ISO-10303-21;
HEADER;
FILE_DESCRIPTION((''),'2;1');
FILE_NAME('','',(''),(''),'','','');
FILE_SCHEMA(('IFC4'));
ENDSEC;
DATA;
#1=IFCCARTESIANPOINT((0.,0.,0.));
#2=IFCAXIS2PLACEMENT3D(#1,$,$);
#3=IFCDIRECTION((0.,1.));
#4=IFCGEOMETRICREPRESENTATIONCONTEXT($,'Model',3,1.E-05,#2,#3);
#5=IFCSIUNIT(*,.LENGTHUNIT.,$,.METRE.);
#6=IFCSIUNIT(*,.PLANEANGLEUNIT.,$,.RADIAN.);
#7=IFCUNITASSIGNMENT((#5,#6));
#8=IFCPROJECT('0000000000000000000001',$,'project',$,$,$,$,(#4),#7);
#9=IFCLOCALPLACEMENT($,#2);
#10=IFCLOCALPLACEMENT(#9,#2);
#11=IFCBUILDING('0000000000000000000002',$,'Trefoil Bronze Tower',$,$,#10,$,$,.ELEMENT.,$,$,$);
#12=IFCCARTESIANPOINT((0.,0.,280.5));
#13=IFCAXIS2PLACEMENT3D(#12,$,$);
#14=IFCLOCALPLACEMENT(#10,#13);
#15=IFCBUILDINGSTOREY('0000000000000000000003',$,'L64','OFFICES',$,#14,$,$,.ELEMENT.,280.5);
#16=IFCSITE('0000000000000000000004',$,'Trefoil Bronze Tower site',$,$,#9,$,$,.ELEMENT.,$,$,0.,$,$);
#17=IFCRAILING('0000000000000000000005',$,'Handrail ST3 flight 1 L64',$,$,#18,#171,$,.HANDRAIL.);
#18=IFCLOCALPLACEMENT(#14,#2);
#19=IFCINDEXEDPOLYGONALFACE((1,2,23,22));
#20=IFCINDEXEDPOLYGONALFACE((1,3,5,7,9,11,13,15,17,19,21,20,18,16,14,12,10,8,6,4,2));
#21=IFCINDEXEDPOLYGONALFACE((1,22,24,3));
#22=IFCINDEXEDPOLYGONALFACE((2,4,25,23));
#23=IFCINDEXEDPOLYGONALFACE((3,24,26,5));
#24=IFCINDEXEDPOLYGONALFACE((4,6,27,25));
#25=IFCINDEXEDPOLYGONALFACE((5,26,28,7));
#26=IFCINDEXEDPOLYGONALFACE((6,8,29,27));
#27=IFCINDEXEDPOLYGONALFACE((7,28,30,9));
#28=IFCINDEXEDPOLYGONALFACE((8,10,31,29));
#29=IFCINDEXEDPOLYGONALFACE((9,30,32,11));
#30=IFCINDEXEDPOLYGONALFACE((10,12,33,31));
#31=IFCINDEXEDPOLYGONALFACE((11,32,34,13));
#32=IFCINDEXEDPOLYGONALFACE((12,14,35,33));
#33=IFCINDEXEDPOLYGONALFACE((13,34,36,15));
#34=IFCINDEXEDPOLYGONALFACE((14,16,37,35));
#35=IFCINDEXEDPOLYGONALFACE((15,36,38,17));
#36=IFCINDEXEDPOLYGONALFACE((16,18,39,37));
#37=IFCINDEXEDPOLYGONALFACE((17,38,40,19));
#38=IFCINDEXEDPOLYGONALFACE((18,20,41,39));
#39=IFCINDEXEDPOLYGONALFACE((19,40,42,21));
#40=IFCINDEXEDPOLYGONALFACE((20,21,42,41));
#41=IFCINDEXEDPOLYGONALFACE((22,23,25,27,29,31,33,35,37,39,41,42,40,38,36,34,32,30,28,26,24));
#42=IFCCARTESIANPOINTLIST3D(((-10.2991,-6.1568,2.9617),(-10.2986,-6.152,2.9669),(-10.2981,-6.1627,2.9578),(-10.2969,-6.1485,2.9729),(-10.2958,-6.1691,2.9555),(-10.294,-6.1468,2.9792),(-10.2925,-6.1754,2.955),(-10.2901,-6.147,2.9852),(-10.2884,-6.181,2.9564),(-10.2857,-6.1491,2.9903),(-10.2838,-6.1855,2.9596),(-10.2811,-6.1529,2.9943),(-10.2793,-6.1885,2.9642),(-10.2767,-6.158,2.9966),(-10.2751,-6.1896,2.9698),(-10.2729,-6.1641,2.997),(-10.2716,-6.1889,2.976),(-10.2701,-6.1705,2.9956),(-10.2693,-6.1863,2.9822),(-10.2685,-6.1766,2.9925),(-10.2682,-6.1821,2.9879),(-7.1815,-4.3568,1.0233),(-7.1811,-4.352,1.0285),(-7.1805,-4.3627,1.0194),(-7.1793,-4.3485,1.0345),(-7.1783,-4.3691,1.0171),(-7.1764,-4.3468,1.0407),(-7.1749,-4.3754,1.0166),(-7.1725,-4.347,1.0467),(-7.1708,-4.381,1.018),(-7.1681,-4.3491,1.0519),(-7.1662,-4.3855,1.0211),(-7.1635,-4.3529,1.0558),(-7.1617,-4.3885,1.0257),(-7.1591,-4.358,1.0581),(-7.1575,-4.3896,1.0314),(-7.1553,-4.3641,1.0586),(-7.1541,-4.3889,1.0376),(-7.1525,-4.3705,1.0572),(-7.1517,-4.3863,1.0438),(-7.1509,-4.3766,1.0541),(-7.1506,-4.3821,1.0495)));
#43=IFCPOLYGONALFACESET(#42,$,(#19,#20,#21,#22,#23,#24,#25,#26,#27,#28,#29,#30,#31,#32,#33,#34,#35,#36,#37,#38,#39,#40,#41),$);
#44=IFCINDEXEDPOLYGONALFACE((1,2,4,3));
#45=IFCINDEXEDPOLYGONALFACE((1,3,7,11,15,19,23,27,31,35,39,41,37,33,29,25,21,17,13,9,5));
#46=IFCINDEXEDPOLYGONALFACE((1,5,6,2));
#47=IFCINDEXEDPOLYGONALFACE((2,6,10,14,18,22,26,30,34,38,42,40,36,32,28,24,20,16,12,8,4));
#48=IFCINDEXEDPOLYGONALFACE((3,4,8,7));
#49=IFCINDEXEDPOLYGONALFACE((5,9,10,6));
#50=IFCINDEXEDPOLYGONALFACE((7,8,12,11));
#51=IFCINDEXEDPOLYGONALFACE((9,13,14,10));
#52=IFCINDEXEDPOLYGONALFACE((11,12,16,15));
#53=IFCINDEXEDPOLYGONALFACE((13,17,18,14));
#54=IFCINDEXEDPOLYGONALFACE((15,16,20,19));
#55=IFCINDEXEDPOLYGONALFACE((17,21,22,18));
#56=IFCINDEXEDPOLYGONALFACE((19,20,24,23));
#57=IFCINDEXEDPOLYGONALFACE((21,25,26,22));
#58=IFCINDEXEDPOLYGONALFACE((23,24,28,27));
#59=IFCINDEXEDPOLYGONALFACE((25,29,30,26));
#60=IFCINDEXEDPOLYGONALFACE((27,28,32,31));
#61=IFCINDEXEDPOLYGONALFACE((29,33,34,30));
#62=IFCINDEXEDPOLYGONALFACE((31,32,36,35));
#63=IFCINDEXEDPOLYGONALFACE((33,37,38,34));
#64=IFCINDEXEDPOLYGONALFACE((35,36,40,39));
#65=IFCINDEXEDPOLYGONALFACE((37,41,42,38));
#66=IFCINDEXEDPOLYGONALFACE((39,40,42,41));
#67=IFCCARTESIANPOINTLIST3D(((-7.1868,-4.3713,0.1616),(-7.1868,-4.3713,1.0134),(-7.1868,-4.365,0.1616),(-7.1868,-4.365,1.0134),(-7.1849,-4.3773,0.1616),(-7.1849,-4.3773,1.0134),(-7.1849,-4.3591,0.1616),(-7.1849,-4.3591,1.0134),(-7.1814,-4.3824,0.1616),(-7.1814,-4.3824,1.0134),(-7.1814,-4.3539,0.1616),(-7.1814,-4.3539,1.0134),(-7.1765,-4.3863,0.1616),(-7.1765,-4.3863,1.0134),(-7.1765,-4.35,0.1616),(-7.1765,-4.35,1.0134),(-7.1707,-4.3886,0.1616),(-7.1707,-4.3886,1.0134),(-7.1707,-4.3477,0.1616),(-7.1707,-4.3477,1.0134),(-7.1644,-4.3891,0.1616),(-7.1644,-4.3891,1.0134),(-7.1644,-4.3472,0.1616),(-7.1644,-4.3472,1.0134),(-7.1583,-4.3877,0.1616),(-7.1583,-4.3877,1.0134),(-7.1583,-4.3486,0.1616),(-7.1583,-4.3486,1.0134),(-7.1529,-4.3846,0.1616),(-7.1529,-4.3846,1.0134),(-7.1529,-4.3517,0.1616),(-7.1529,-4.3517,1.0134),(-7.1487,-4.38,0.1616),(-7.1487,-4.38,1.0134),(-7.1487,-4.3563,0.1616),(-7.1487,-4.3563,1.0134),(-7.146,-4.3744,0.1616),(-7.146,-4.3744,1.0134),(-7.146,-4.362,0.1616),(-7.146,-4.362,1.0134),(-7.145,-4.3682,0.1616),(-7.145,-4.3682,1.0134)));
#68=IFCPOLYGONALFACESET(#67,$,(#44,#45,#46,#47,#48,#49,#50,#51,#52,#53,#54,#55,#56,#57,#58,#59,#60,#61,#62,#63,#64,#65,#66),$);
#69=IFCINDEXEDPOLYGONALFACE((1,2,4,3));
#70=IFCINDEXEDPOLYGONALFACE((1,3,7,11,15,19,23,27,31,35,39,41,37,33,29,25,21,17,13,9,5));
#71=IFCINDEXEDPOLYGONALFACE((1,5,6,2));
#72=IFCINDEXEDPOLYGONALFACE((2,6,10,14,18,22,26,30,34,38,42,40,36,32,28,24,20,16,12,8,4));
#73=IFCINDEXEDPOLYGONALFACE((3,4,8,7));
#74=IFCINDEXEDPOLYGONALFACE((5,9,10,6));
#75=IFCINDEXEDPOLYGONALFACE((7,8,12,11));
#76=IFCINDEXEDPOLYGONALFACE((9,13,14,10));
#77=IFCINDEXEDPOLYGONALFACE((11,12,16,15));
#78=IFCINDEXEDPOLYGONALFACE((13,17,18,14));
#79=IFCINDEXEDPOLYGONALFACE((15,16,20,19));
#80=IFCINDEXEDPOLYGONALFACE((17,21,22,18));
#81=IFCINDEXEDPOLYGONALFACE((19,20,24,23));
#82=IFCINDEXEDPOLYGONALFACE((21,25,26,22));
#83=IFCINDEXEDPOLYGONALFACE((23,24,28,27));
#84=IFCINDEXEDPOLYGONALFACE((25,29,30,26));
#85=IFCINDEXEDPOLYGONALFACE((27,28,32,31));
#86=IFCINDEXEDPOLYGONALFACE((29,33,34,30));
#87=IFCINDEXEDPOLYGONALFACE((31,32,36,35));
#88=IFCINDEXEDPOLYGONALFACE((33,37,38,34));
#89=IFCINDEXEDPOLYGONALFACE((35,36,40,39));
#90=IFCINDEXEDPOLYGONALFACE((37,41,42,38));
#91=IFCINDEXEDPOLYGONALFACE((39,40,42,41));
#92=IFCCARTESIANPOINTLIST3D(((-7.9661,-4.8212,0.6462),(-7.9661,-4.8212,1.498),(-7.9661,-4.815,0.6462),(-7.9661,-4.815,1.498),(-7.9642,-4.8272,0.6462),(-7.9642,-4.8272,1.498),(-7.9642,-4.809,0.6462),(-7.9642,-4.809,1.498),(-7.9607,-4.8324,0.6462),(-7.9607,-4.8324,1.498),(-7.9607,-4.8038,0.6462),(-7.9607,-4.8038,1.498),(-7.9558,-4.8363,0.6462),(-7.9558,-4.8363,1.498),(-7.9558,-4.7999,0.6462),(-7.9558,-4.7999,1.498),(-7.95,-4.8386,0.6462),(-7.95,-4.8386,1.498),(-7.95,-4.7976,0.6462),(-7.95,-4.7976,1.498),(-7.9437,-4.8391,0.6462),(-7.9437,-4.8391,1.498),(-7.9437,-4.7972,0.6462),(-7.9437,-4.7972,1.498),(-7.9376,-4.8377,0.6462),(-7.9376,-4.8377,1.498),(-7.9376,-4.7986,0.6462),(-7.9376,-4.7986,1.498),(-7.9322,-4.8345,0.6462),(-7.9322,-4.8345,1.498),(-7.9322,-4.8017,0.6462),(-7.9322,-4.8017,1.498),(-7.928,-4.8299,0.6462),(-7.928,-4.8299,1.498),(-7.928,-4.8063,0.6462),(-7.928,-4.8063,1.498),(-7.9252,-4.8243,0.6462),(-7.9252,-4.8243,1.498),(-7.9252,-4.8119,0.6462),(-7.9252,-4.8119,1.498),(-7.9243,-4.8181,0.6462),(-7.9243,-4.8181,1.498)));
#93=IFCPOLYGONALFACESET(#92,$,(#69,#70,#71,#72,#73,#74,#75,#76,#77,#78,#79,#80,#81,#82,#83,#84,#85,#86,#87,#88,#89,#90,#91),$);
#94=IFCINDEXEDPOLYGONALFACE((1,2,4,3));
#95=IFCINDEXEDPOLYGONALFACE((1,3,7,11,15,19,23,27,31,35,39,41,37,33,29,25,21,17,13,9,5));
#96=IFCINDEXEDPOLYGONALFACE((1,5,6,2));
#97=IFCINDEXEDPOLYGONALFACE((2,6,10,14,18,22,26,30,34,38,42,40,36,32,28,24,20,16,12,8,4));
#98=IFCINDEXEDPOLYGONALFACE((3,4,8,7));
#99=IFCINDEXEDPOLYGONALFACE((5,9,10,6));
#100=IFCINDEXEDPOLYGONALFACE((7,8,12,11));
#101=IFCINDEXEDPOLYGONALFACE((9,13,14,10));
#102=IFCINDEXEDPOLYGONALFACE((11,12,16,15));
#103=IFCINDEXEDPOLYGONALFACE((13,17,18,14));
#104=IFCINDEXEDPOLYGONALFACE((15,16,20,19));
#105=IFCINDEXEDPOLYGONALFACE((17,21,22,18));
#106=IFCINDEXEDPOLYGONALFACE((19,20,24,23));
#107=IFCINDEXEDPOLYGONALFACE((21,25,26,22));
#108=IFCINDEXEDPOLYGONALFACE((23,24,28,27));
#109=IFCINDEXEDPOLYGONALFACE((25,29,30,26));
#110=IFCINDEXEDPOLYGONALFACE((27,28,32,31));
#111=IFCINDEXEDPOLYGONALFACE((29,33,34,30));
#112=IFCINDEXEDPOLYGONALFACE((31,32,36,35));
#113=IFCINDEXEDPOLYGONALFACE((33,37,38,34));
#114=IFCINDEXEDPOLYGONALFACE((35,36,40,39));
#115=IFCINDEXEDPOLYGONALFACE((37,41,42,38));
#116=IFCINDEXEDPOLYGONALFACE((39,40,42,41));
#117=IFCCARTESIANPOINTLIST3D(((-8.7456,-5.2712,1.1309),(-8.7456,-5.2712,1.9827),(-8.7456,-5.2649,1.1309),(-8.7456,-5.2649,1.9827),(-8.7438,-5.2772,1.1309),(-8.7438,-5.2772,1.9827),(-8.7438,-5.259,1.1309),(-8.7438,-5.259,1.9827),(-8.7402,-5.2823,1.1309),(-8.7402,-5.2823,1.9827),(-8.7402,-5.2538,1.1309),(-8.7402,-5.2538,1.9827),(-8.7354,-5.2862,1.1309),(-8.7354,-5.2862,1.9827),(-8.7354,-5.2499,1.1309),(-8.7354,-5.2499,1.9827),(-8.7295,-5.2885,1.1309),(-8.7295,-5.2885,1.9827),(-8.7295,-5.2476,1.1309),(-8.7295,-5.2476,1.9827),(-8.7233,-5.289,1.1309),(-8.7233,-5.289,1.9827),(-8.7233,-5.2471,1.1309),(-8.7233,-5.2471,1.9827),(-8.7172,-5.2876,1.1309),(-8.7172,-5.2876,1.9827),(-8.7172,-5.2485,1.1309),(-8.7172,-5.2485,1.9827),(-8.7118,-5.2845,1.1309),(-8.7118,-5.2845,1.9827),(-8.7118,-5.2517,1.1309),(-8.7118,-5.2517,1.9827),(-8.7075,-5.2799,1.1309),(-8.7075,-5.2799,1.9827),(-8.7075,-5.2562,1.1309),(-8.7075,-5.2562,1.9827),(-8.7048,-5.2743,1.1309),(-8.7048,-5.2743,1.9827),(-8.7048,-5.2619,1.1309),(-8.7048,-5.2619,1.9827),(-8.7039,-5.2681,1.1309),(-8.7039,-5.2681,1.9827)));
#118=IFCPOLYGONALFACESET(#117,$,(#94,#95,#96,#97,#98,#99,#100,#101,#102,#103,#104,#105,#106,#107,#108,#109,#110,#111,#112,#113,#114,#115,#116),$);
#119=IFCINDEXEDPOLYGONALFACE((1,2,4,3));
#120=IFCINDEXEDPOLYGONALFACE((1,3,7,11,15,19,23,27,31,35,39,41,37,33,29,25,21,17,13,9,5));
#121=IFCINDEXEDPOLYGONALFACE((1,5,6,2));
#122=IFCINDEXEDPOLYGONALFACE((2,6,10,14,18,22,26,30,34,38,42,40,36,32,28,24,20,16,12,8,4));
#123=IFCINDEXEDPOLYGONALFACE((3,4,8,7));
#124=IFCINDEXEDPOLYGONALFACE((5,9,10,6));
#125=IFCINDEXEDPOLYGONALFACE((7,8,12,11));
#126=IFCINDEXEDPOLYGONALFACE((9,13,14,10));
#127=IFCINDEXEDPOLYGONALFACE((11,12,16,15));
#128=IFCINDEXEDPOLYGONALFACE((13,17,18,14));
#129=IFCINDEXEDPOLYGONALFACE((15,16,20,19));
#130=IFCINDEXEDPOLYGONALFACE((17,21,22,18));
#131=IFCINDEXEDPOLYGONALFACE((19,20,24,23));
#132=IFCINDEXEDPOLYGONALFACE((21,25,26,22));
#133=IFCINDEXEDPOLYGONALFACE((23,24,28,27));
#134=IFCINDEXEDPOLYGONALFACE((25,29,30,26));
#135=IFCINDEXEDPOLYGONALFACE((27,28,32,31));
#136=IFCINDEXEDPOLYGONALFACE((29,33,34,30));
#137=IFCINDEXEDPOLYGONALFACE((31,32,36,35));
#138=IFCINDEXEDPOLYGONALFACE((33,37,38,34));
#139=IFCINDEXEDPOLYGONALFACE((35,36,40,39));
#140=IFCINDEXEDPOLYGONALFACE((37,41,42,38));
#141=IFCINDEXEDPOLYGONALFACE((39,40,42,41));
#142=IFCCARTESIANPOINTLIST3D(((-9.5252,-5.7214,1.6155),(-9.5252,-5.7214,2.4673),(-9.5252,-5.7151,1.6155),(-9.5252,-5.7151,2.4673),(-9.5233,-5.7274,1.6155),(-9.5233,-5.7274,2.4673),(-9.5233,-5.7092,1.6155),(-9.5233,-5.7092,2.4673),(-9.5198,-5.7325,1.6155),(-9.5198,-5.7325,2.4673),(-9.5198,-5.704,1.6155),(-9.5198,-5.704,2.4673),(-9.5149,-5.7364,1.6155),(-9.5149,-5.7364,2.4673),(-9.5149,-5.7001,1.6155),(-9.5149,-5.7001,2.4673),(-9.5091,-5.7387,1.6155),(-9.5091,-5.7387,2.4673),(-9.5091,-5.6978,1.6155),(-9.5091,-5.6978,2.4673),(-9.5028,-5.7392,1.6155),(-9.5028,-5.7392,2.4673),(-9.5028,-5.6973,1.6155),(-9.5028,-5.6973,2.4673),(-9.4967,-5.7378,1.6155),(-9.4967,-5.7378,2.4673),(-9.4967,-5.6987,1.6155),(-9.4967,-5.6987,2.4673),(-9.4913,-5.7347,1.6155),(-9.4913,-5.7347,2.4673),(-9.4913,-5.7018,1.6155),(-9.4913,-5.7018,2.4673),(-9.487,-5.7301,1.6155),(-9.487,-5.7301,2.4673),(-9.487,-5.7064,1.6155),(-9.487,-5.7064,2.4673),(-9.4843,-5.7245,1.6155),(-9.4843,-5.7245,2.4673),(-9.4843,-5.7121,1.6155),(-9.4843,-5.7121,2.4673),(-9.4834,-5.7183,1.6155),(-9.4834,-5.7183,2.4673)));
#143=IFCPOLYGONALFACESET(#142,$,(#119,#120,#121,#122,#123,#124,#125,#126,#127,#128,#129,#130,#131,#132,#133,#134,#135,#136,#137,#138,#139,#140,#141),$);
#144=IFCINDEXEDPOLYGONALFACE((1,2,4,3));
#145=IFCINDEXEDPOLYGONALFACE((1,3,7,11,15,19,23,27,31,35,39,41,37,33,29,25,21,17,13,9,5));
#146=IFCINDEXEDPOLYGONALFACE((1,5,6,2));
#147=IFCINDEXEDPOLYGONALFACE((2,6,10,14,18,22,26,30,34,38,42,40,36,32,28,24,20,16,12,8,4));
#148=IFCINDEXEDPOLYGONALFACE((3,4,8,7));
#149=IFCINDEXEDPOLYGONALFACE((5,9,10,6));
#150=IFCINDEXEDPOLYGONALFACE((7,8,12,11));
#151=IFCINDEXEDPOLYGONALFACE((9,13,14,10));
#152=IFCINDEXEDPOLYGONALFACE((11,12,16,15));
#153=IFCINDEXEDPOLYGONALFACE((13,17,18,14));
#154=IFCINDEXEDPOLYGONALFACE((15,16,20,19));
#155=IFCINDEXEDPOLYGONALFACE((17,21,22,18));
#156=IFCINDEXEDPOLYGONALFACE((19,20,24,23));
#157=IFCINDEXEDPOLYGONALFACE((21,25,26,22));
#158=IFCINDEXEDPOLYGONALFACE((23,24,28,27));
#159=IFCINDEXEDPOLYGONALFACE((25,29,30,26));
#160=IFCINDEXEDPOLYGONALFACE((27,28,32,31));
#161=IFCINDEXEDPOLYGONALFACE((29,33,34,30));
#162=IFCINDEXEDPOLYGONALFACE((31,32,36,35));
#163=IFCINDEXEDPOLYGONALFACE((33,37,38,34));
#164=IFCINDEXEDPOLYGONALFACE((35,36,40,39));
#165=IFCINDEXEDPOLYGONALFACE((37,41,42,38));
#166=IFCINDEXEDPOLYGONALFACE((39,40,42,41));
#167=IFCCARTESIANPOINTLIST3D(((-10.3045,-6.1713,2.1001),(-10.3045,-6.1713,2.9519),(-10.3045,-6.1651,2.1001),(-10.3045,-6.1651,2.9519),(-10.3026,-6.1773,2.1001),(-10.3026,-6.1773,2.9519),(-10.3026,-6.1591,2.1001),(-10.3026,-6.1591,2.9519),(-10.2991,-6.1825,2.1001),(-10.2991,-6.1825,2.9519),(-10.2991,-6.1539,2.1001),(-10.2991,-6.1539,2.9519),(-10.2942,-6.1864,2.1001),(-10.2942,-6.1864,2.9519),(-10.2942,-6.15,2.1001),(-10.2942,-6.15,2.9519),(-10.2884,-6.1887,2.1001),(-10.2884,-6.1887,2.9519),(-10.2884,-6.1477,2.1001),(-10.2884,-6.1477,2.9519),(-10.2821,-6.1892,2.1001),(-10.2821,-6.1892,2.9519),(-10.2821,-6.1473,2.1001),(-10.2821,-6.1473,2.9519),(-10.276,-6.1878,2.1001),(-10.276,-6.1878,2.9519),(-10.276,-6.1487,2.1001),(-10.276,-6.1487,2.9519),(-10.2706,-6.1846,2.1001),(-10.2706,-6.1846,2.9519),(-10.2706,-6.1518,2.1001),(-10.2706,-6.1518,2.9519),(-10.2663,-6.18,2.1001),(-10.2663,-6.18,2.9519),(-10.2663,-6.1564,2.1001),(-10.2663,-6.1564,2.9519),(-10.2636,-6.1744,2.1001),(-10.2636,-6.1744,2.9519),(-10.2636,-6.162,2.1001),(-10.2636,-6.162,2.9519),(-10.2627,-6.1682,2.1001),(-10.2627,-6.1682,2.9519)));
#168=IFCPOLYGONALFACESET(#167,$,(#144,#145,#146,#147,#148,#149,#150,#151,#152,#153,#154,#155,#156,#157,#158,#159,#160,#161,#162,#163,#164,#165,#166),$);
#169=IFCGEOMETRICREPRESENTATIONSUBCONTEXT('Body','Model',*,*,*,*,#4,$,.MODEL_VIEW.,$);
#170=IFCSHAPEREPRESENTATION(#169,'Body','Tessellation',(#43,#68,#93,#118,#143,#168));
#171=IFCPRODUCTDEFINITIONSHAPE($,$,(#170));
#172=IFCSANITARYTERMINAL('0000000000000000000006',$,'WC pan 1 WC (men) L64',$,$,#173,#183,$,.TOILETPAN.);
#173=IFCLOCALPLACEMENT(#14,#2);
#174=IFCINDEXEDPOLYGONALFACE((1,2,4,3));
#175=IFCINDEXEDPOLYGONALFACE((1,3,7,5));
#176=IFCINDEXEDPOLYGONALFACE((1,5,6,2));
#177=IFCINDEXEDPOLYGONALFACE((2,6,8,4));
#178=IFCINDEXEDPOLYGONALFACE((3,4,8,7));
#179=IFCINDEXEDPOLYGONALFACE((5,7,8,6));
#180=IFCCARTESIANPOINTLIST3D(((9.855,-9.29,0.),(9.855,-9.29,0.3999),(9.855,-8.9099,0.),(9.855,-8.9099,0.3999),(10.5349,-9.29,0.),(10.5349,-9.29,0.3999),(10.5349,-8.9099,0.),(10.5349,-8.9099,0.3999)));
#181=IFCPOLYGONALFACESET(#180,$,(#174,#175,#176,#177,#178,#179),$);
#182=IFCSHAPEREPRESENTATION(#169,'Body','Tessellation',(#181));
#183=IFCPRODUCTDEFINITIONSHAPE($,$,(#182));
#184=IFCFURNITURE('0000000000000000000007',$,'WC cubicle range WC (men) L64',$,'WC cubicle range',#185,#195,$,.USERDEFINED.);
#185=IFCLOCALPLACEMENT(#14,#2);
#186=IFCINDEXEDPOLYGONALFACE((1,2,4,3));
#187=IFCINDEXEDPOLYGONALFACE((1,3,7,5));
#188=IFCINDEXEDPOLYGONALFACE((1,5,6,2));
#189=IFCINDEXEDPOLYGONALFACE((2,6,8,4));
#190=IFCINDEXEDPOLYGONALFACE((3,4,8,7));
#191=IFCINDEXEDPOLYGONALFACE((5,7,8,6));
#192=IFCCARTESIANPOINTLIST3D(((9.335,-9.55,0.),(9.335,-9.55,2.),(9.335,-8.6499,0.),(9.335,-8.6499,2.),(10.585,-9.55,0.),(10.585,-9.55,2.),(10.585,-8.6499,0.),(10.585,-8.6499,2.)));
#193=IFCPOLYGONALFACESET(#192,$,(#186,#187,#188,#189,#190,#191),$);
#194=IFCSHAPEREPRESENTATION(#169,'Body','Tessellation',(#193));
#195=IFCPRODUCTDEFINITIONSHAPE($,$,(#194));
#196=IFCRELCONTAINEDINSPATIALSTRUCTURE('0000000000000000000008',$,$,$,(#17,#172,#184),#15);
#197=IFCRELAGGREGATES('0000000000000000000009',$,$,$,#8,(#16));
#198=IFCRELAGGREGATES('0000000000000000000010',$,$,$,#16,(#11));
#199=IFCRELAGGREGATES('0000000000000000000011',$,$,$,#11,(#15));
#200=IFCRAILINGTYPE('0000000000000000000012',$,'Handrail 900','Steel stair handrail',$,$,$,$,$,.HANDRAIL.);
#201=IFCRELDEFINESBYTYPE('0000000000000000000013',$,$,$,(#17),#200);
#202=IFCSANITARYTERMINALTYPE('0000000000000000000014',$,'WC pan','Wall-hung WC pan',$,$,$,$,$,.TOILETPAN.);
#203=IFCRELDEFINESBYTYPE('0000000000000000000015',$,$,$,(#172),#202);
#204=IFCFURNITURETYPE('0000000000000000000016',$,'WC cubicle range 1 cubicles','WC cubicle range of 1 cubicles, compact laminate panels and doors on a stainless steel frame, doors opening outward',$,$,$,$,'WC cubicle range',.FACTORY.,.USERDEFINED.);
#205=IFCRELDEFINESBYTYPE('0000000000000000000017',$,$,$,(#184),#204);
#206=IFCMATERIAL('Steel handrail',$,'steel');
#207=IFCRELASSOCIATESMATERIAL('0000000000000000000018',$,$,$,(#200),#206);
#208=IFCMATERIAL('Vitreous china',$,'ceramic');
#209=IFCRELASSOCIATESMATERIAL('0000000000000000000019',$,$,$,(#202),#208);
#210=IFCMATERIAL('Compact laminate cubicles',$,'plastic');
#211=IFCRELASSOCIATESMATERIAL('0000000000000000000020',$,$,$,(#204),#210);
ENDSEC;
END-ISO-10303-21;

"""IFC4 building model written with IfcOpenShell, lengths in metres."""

from ifc_helpers import new_model, si_unit, direction, frame, origin, origin_2d, place, context, subcontext, project, spatial, polyline, circle, outline, extrude, material, type_object, element, save


model = new_model("IFC4")

# Units and contexts
model_context = context("Model", 3, precision=1e-05, world=origin(), true_north=direction((0.0, 1.0)))
body_context = subcontext(model_context, "Body", "Model", "MODEL_VIEW")
ifc_project = project(units=[si_unit("LENGTHUNIT", "METRE"), si_unit("PLANEANGLEUNIT", "RADIAN")], contexts=[model_context])

# Site, building, storey
site_placement = place(None, origin())
site = spatial("IfcSite", under=ifc_project, at=site_placement, Name="Trefoil Bronze Tower site", CompositionType="ELEMENT", RefElevation=0.0)
building_placement = place(site_placement, origin())
building = spatial("IfcBuilding", under=site, at=building_placement, Name="Trefoil Bronze Tower", CompositionType="ELEMENT")
storey_placement = place(building_placement, frame((0.0, 0.0, 280.5)))
storey = spatial("IfcBuildingStorey", under=building, at=storey_placement, Name="L64", Description="OFFICES", CompositionType="ELEMENT", Elevation=280.5)

# Railing
ifc_material_1 = material(Name="Steel handrail", Category="steel")
railing_type = type_object("IfcRailingType", Name="Handrail 900", Description="Steel stair handrail", PredefinedType="HANDRAIL", material=ifc_material_1)
railing_placement = place(storey_placement, frame((-7.166, -4.3682, 0.1616)))
element("IfcRailing", 1, at=railing_placement, inside=storey, type_object=railing_type, Name="Handrail ST3 flight 1 L64", PredefinedType="HANDRAIL", context=body_context, shape_type="SweptSolid", body=[
    extrude(circle(Radius=0.0239, at=origin_2d()), frame((0.0, 0.0, 0.876), z_axis=(-0.762503, -0.440246, 0.474102), x_axis=(0.500012, -0.866018, 0.0)), (0.0, 0.0, 1.0), 4.0886),
    extrude(circle(Radius=0.021, at=origin_2d()), origin(), (0.0, 0.0, 1.0), 0.8518),
    extrude(circle(Radius=0.021, at=origin_2d()), frame((-0.7793, -0.45, 0.4846)), (0.0, 0.0, 1.0), 0.8518),
    extrude(circle(Radius=0.021, at=origin_2d()), frame((-1.5588, -0.8999, 0.9692)), (0.0, 0.0, 1.0), 0.8518),
    extrude(circle(Radius=0.021, at=origin_2d()), frame((-2.3384, -1.3501, 1.4539)), (0.0, 0.0, 1.0), 0.8518),
    extrude(circle(Radius=0.021, at=origin_2d()), frame((-3.1177, -1.8, 1.9385)), (0.0, 0.0, 1.0), 0.8518),
])

# Sanitary terminal
ifc_material_2 = material(Name="Vitreous china", Category="ceramic")
sanitary_terminal_type = type_object("IfcSanitaryTerminalType", Name="WC pan", Description="Wall-hung WC pan", PredefinedType="TOILETPAN", material=ifc_material_2)
sanitary_terminal_placement = place(storey_placement, origin())
element("IfcSanitaryTerminal", 2, at=sanitary_terminal_placement, inside=storey, type_object=sanitary_terminal_type, Name="WC pan 1 WC (men) L64", PredefinedType="TOILETPAN", context=body_context, shape_type="SweptSolid", body=[
    extrude(outline(polyline([(9.855, -8.9099), (10.5349, -8.9099), (10.5349, -9.29), (9.855, -9.29), (9.855, -8.9099)])), origin(), (0.0, 0.0, 1.0), 0.3999),
])

# Furniture
ifc_material_3 = material(Name="Compact laminate cubicles", Category="plastic")
furniture_type = type_object("IfcFurnitureType", Name="WC cubicle range 1 cubicles", Description="WC cubicle range of 1 cubicles, compact laminate panels and doors on a stainless steel frame, doors opening outward", ElementType="WC cubicle range", AssemblyPlace="FACTORY", PredefinedType="USERDEFINED", material=ifc_material_3)
furniture_placement = place(storey_placement, origin())
element("IfcFurniture", 3, at=furniture_placement, inside=storey, type_object=furniture_type, Name="WC cubicle range WC (men) L64", ObjectType="WC cubicle range", PredefinedType="USERDEFINED", context=body_context, shape_type="SweptSolid", body=[
    extrude(outline(polyline([(9.335, -8.6499), (10.585, -8.6499), (10.585, -9.55), (9.335, -9.55), (9.335, -8.6499)])), origin(), (0.0, 0.0, 1.0), 2.0),
])

save(model, "model.ifc")
